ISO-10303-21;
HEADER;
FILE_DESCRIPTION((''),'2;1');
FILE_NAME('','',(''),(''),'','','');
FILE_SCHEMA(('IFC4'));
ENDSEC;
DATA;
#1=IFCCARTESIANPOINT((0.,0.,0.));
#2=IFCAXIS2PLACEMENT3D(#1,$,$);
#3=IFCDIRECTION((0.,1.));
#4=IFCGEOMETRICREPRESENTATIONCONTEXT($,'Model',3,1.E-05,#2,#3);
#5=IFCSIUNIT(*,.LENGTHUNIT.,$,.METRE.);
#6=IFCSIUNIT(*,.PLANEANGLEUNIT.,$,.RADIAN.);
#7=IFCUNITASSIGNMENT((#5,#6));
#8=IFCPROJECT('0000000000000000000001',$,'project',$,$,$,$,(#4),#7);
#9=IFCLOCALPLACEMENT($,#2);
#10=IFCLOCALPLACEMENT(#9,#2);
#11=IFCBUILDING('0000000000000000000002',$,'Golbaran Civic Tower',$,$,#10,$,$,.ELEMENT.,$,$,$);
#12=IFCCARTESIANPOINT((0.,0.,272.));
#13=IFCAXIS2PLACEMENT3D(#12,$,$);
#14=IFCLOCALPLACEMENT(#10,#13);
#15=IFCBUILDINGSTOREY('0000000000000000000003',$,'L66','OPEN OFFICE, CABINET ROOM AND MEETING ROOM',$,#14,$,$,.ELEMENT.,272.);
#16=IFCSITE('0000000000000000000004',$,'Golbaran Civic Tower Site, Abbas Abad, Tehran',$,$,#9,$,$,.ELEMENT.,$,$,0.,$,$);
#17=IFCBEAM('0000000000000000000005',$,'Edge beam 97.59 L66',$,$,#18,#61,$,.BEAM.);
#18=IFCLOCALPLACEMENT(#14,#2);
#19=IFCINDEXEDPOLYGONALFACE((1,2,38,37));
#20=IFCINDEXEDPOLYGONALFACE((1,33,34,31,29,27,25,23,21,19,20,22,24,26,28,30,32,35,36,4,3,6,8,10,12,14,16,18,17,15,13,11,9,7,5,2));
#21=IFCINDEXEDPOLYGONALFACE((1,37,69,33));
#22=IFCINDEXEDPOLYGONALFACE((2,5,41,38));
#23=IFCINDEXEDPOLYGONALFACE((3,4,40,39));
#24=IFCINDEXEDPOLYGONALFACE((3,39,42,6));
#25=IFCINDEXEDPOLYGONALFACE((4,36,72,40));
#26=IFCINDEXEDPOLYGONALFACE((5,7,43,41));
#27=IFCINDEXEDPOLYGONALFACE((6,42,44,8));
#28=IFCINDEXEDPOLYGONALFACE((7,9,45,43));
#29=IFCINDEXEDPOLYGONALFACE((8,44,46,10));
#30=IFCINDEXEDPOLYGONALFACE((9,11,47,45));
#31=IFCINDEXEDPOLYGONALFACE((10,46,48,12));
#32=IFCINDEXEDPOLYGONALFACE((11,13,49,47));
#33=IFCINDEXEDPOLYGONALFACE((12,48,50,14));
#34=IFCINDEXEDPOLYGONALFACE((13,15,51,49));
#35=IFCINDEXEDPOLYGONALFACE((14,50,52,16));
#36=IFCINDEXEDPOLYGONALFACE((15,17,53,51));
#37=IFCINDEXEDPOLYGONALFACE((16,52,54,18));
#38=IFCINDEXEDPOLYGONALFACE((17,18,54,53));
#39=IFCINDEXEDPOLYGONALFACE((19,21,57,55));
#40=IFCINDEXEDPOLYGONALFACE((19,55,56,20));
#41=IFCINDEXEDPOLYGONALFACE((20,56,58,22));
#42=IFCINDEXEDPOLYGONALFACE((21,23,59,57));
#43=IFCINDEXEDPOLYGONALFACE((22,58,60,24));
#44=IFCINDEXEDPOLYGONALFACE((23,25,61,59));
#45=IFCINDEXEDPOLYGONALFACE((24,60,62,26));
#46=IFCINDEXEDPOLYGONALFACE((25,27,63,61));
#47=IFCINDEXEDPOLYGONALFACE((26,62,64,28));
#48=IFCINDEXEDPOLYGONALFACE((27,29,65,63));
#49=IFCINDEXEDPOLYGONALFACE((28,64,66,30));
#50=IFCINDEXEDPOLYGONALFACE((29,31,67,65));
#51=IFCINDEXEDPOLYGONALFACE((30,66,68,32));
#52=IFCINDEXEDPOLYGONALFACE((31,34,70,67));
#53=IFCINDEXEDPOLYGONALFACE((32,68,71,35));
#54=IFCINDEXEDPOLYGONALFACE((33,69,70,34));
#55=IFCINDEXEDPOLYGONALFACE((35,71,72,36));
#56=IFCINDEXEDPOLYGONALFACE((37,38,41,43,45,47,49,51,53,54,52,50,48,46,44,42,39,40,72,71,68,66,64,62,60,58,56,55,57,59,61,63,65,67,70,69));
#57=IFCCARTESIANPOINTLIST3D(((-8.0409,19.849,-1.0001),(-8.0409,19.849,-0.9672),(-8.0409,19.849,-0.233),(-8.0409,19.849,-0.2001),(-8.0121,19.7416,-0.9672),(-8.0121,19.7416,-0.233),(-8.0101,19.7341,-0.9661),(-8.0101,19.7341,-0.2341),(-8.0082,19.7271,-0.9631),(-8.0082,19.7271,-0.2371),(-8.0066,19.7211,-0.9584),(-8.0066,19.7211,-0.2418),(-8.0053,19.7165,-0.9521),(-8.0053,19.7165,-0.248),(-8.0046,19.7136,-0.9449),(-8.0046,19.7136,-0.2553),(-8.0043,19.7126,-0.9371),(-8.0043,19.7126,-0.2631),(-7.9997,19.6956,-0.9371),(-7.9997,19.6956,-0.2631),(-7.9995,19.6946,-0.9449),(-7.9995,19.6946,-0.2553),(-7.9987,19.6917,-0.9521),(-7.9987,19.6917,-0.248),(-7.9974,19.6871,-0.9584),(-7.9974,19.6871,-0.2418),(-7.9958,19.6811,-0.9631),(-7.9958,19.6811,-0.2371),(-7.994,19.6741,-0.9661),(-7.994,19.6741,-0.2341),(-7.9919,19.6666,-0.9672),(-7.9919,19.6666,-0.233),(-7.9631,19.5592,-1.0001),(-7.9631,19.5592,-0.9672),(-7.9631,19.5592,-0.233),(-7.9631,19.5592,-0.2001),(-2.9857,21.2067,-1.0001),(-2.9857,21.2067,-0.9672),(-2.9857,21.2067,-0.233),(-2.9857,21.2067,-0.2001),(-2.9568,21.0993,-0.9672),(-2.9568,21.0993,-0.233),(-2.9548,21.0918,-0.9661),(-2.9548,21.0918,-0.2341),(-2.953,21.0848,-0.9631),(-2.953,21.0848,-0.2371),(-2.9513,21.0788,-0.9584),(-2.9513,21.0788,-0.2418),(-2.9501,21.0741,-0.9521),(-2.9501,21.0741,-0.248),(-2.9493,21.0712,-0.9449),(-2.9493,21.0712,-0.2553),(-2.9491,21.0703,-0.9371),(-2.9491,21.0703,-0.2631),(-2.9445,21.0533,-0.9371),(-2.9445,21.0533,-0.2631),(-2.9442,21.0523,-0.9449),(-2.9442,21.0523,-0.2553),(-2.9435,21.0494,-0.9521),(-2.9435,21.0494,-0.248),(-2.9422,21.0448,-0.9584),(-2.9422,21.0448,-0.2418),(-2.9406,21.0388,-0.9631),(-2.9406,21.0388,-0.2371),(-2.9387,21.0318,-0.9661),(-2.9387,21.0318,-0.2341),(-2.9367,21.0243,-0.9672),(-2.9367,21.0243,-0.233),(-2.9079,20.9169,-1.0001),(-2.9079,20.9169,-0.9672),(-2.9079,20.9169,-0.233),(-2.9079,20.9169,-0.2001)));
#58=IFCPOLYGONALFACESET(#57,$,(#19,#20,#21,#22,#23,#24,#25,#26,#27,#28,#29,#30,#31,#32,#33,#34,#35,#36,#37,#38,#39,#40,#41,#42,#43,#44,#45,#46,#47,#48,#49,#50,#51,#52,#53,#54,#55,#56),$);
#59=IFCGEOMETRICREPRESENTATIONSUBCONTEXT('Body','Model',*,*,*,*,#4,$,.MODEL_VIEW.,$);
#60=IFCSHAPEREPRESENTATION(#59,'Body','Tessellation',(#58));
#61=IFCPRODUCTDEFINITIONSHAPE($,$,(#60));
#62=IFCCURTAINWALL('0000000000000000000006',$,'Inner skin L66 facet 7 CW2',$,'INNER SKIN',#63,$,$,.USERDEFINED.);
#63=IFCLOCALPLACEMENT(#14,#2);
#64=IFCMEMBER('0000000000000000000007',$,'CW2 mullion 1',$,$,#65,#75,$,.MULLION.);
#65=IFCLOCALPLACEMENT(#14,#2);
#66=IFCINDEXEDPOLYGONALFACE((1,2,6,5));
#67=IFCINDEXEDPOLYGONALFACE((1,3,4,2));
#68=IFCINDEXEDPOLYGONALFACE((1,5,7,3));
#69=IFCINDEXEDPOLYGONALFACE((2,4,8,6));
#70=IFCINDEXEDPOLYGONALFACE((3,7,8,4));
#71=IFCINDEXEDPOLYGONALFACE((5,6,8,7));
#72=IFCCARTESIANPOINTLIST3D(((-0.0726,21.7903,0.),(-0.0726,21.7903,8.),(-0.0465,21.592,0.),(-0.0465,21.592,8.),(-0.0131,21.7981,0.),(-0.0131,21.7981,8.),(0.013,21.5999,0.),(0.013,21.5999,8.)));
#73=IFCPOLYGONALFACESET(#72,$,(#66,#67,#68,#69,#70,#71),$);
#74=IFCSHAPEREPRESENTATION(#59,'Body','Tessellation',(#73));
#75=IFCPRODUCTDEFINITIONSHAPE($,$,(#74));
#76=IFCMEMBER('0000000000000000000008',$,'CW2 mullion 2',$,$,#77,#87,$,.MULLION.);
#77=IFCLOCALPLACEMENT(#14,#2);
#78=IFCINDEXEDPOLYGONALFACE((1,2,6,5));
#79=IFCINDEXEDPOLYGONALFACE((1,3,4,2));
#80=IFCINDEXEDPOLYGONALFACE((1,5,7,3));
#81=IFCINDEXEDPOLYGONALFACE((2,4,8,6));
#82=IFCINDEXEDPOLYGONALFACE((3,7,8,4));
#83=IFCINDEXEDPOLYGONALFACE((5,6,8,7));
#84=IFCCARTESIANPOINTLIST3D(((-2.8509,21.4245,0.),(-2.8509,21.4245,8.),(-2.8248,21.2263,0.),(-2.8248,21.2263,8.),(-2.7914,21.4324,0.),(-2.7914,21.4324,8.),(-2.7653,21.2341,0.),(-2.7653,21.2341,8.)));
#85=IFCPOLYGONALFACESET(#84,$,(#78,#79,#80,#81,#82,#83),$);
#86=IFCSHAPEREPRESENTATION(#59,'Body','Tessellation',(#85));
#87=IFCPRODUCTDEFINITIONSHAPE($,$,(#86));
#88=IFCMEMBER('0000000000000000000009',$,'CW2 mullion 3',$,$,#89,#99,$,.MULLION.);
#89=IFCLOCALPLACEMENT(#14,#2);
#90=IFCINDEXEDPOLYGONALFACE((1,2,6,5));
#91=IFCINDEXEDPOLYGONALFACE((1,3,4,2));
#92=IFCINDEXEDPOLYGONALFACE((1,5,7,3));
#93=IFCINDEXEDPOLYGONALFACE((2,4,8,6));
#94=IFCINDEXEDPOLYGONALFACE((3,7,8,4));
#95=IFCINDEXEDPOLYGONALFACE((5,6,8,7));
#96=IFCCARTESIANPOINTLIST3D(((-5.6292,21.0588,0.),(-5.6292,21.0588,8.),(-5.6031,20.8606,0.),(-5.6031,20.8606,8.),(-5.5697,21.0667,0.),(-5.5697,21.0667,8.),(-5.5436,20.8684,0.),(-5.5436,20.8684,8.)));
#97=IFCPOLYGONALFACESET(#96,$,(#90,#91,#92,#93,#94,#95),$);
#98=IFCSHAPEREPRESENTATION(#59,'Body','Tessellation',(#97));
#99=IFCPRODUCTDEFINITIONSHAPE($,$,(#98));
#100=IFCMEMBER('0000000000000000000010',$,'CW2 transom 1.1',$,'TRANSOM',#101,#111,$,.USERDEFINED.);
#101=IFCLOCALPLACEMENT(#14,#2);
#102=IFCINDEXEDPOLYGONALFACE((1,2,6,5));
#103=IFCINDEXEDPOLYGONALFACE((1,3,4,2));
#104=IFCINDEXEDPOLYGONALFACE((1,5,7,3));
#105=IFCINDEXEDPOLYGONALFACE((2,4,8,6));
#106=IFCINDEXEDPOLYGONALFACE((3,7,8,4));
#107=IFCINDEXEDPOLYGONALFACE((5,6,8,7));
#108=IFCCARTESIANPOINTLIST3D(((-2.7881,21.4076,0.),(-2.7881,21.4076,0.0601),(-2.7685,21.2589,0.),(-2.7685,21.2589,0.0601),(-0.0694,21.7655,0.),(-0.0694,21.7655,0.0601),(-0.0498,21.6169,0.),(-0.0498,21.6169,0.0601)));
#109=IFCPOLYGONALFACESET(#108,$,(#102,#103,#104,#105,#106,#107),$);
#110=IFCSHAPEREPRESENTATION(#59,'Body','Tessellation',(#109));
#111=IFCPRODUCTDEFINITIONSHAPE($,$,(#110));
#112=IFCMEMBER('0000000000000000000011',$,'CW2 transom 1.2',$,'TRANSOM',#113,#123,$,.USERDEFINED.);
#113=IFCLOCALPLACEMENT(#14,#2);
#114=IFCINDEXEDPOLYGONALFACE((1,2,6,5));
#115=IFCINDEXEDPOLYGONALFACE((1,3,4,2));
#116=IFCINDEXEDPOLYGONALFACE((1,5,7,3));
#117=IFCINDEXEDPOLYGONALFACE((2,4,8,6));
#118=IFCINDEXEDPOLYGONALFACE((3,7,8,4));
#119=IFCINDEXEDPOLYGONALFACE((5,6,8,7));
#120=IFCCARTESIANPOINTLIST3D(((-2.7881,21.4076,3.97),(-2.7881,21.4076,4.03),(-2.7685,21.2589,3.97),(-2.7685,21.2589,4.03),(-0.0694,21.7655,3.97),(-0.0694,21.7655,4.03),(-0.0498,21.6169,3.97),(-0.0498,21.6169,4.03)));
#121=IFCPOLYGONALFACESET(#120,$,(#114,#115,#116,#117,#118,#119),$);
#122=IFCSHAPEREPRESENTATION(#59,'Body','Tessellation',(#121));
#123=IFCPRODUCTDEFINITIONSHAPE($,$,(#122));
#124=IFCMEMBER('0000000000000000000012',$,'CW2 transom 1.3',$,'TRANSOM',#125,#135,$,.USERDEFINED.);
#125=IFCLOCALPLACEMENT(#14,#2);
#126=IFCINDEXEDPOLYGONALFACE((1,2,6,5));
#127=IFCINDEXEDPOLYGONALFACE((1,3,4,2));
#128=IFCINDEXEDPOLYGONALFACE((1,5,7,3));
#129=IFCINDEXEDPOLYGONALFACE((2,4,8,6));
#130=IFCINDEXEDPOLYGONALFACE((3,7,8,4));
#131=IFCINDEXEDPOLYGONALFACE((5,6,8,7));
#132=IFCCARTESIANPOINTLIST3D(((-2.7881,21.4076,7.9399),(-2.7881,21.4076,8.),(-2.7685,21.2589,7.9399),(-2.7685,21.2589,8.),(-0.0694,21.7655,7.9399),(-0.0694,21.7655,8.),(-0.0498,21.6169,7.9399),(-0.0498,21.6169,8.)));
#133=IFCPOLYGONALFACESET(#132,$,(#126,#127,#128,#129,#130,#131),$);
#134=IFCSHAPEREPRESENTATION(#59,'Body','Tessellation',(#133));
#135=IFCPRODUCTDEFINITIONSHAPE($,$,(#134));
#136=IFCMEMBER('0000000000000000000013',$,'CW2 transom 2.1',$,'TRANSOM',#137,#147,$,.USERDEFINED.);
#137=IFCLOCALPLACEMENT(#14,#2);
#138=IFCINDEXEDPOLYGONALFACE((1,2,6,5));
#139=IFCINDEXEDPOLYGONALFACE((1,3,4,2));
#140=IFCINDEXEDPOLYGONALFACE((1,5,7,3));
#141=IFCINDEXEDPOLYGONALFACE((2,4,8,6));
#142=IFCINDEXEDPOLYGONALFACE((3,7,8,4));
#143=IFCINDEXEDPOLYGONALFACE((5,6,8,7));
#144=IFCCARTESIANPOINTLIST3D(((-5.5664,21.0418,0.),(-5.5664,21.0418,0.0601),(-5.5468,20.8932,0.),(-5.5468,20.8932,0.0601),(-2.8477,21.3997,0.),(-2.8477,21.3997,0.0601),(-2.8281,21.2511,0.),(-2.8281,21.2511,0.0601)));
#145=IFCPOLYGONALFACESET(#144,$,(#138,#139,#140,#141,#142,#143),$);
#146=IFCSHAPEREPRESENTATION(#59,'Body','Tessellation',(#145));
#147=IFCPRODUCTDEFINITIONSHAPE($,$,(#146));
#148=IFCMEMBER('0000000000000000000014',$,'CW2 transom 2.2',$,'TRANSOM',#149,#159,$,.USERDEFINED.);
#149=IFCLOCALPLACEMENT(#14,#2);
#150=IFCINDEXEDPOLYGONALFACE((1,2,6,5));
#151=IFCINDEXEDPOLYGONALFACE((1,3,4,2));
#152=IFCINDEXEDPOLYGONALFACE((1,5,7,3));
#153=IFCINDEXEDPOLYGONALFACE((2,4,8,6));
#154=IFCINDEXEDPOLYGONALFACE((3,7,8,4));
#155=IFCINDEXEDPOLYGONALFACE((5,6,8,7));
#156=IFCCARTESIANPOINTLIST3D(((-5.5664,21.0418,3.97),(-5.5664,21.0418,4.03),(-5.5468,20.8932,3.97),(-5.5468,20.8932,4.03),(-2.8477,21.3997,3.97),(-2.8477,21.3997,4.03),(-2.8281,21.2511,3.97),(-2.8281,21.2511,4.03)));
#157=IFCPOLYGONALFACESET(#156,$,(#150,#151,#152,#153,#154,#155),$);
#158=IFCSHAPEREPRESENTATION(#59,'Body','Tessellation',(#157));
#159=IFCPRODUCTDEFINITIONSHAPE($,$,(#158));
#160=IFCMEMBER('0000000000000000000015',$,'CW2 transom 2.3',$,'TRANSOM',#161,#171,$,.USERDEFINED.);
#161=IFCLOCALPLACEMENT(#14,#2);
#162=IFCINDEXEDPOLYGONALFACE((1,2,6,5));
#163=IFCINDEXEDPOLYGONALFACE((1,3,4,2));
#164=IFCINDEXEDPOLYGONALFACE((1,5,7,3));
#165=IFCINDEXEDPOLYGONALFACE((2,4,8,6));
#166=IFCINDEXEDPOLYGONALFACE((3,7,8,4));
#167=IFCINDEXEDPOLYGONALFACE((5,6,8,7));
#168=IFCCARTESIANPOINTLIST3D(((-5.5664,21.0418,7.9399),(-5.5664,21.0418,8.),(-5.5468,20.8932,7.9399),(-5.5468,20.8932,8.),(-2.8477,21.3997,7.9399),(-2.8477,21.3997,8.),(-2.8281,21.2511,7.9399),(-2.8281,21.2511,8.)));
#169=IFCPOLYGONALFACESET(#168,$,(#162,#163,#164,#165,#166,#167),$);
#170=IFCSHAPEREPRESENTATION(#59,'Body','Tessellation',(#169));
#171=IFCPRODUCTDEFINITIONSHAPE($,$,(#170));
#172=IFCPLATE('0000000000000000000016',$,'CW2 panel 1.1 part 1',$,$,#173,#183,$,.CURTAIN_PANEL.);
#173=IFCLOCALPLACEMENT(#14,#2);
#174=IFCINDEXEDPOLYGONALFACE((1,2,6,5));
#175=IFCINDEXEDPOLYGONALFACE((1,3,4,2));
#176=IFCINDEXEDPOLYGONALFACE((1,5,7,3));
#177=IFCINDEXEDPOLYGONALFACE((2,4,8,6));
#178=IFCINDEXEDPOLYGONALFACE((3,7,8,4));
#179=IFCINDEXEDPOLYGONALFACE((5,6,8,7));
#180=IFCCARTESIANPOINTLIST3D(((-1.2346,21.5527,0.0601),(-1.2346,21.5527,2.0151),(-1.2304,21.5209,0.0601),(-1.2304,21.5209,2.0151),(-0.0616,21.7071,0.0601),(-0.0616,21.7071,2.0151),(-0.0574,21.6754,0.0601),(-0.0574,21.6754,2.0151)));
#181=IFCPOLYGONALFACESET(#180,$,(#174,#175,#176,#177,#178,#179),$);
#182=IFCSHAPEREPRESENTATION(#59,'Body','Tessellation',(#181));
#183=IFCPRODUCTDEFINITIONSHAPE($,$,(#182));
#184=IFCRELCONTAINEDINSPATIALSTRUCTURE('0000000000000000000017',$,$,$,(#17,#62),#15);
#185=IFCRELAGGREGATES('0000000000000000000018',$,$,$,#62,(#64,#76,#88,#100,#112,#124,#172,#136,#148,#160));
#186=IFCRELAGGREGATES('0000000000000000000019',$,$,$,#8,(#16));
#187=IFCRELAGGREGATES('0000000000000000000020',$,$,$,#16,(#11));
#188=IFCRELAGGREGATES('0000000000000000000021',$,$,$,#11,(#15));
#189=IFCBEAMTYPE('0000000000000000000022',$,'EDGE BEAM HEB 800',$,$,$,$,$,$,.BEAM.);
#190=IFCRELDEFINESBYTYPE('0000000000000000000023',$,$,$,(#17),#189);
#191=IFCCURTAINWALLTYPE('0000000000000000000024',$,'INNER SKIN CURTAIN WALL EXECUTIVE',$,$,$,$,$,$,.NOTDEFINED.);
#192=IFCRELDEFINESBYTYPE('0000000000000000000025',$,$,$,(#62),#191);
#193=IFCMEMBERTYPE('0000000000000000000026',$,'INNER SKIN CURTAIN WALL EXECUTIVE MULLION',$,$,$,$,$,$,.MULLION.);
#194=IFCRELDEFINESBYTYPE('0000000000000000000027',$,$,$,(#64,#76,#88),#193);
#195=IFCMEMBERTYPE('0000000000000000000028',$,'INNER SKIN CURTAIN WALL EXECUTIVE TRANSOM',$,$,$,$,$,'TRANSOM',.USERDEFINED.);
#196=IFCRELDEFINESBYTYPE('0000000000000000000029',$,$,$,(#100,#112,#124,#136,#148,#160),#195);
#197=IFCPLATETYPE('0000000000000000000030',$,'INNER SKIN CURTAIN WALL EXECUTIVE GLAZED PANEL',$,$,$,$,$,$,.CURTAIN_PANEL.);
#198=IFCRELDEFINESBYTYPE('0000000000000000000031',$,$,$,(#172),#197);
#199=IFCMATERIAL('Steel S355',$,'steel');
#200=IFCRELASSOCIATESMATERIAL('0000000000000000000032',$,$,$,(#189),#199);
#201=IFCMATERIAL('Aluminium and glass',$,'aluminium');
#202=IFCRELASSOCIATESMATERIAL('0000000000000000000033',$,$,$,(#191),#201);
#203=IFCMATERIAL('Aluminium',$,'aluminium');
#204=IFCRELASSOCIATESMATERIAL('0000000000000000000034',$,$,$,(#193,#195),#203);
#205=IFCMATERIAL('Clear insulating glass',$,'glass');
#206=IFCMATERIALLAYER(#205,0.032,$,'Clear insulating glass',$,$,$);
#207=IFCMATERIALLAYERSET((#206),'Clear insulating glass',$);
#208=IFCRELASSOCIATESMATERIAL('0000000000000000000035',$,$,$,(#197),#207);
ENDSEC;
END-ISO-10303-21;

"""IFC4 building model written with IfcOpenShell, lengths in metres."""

from ifc_helpers import new_model, si_unit, direction, frame, origin, origin_2d, place, context, subcontext, project, spatial, rectangle, i_section, extrude, material, layer, layer_set, material_profile, profile_set, type_object, element, aggregate, save


model = new_model("IFC4")

# Units and contexts
model_context = context("Model", 3, precision=1e-05, world=origin(), true_north=direction((0.0, 1.0)))
body_context = subcontext(model_context, "Body", "Model", "MODEL_VIEW")
ifc_project = project(units=[si_unit("LENGTHUNIT", "METRE"), si_unit("PLANEANGLEUNIT", "RADIAN")], contexts=[model_context])

# Site, building, storey
site_placement = place(None, origin())
site = spatial("IfcSite", under=ifc_project, at=site_placement, Name="Golbaran Civic Tower Site, Abbas Abad, Tehran", CompositionType="ELEMENT", RefElevation=0.0)
building_placement = place(site_placement, origin())
building = spatial("IfcBuilding", under=site, at=building_placement, Name="Golbaran Civic Tower", CompositionType="ELEMENT")
storey_placement = place(building_placement, frame((0.0, 0.0, 272.0)))
storey = spatial("IfcBuildingStorey", under=building, at=storey_placement, Name="L66", Description="OPEN OFFICE, CABINET ROOM AND MEETING ROOM", CompositionType="ELEMENT", Elevation=272.0)

# Beam
ifc_material_1 = material(Name="Steel S355", Category="steel")
ifc_material_profile_1 = material_profile(ifc_material_1, i_section(OverallWidth=0.3, OverallDepth=0.8, WebThickness=0.0176, FlangeThickness=0.033, FilletRadius=0.03, at=origin_2d()), Name="HEB 800")
ifc_profile_set_1 = profile_set([ifc_material_profile_1], Name="Steel S355")
beam_type = type_object("IfcBeamType", Name="EDGE BEAM HEB 800", PredefinedType="BEAM", material=ifc_profile_set_1)
beam_placement = place(storey_placement, frame((-2.9468, 21.0618, -0.6001), z_axis=(-0.965776, -0.259378, 0.0), x_axis=(0.259378, -0.965776, 0.0)))
element("IfcBeam", 1, at=beam_placement, inside=storey, type_object=beam_type, Name="Edge beam 97.59 L66", PredefinedType="BEAM", context=body_context, shape_type="SweptSolid", body=[
    extrude(i_section(OverallWidth=0.3, OverallDepth=0.8, WebThickness=0.0176, FlangeThickness=0.033, FilletRadius=0.03, at=origin_2d()), origin(), (0.0, 0.0, 1.0), 5.2344),
])

# Curtain wall, members, plate
ifc_material_2 = material(Name="Aluminium and glass", Category="aluminium")
curtain_wall_type = type_object("IfcCurtainWallType", Name="INNER SKIN CURTAIN WALL EXECUTIVE", PredefinedType="NOTDEFINED", material=ifc_material_2)
curtain_wall_placement = place(storey_placement, origin())
curtain_wall = element("IfcCurtainWall", 2, at=curtain_wall_placement, inside=storey, type_object=curtain_wall_type, Name="Inner skin L66 facet 7 CW2", ObjectType="INNER SKIN", PredefinedType="USERDEFINED")
ifc_material_3 = material(Name="Aluminium", Category="aluminium")
ifc_material_profile_2 = material_profile(ifc_material_3, rectangle(XDim=0.2, YDim=0.0601, at=origin_2d()), Name="INNER SKIN CURTAIN WALL EXECUTIVE MULLION")
ifc_profile_set_2 = profile_set([ifc_material_profile_2], Name="Aluminium")
member_type_1 = type_object("IfcMemberType", Name="INNER SKIN CURTAIN WALL EXECUTIVE MULLION", PredefinedType="MULLION", material=ifc_profile_set_2)
member_1_placement = place(storey_placement, frame((-0.0298, 21.6951, 0.0), z_axis=(0.0, 0.0, 1.0), x_axis=(0.130526, -0.991445, 0.0)))
member_1 = element("IfcMember", 3, at=member_1_placement, type_object=member_type_1, Name="CW2 mullion 1", PredefinedType="MULLION", context=body_context, shape_type="SweptSolid", body=[
    extrude(rectangle(XDim=0.2, YDim=0.0601, at=origin_2d()), origin(), (0.0, 0.0, 1.0), 8.0),
])
member_2_placement = place(storey_placement, frame((-2.8081, 21.3293, 0.0), z_axis=(0.0, 0.0, 1.0), x_axis=(0.130526, -0.991445, 0.0)))
member_2 = element("IfcMember", 4, at=member_2_placement, type_object=member_type_1, Name="CW2 mullion 2", PredefinedType="MULLION", context=body_context, shape_type="SweptSolid", body=[
    extrude(rectangle(XDim=0.2, YDim=0.0601, at=origin_2d()), origin(), (0.0, 0.0, 1.0), 8.0),
])
member_3_placement = place(storey_placement, frame((-5.5864, 20.9636, 0.0), z_axis=(0.0, 0.0, 1.0), x_axis=(0.130526, -0.991445, 0.0)))
member_3 = element("IfcMember", 5, at=member_3_placement, type_object=member_type_1, Name="CW2 mullion 3", PredefinedType="MULLION", context=body_context, shape_type="SweptSolid", body=[
    extrude(rectangle(XDim=0.2, YDim=0.0601, at=origin_2d()), origin(), (0.0, 0.0, 1.0), 8.0),
])
ifc_material_profile_3 = material_profile(ifc_material_3, rectangle(XDim=0.1499, YDim=0.0601, at=origin_2d()), Name="INNER SKIN CURTAIN WALL EXECUTIVE TRANSOM")
ifc_profile_set_3 = profile_set([ifc_material_profile_3], Name="Aluminium")
member_type_2 = type_object("IfcMemberType", Name="INNER SKIN CURTAIN WALL EXECUTIVE TRANSOM", ElementType="TRANSOM", PredefinedType="USERDEFINED", material=ifc_profile_set_3)
member_4_placement = place(storey_placement, frame((-0.0596, 21.6912, 0.03), z_axis=(-0.991446, -0.130519, 0.0), x_axis=(0.130519, -0.991446, 0.0)))
member_4 = element("IfcMember", 6, at=member_4_placement, type_object=member_type_2, Name="CW2 transom 1.1", ObjectType="TRANSOM", PredefinedType="USERDEFINED", context=body_context, shape_type="SweptSolid", body=[
    extrude(rectangle(XDim=0.1499, YDim=0.0601, at=origin_2d()), origin(), (0.0, 0.0, 1.0), 2.7422),
])
member_5_placement = place(storey_placement, frame((-0.0596, 21.6912, 4.0), z_axis=(-0.991446, -0.130519, 0.0), x_axis=(0.130519, -0.991446, 0.0)))
member_5 = element("IfcMember", 7, at=member_5_placement, type_object=member_type_2, Name="CW2 transom 1.2", ObjectType="TRANSOM", PredefinedType="USERDEFINED", context=body_context, shape_type="SweptSolid", body=[
    extrude(rectangle(XDim=0.1499, YDim=0.0601, at=origin_2d()), origin(), (0.0, 0.0, 1.0), 2.7422),
])
member_6_placement = place(storey_placement, frame((-0.0596, 21.6912, 7.97), z_axis=(-0.991446, -0.130519, 0.0), x_axis=(0.130519, -0.991446, 0.0)))
member_6 = element("IfcMember", 8, at=member_6_placement, type_object=member_type_2, Name="CW2 transom 1.3", ObjectType="TRANSOM", PredefinedType="USERDEFINED", context=body_context, shape_type="SweptSolid", body=[
    extrude(rectangle(XDim=0.1499, YDim=0.0601, at=origin_2d()), origin(), (0.0, 0.0, 1.0), 2.7422),
])
member_7_placement = place(storey_placement, frame((-2.8379, 21.3254, 0.03), z_axis=(-0.991446, -0.130519, 0.0), x_axis=(0.130519, -0.991446, 0.0)))
member_7 = element("IfcMember", 9, at=member_7_placement, type_object=member_type_2, Name="CW2 transom 2.1", ObjectType="TRANSOM", PredefinedType="USERDEFINED", context=body_context, shape_type="SweptSolid", body=[
    extrude(rectangle(XDim=0.1499, YDim=0.0601, at=origin_2d()), origin(), (0.0, 0.0, 1.0), 2.7422),
])
member_8_placement = place(storey_placement, frame((-2.8379, 21.3254, 4.0), z_axis=(-0.991446, -0.130519, 0.0), x_axis=(0.130519, -0.991446, 0.0)))
member_8 = element("IfcMember", 10, at=member_8_placement, type_object=member_type_2, Name="CW2 transom 2.2", ObjectType="TRANSOM", PredefinedType="USERDEFINED", context=body_context, shape_type="SweptSolid", body=[
    extrude(rectangle(XDim=0.1499, YDim=0.0601, at=origin_2d()), origin(), (0.0, 0.0, 1.0), 2.7422),
])
member_9_placement = place(storey_placement, frame((-2.8379, 21.3254, 7.97), z_axis=(-0.991446, -0.130519, 0.0), x_axis=(0.130519, -0.991446, 0.0)))
member_9 = element("IfcMember", 11, at=member_9_placement, type_object=member_type_2, Name="CW2 transom 2.3", ObjectType="TRANSOM", PredefinedType="USERDEFINED", context=body_context, shape_type="SweptSolid", body=[
    extrude(rectangle(XDim=0.1499, YDim=0.0601, at=origin_2d()), origin(), (0.0, 0.0, 1.0), 2.7422),
])
ifc_material_4 = material(Name="Clear insulating glass", Category="glass")
ifc_layer_1 = layer(ifc_material_4, 0.032, Name="Clear insulating glass")
ifc_layer_set_1 = layer_set([ifc_layer_1], Name="Clear insulating glass")
plate_type_1 = type_object("IfcPlateType", Name="INNER SKIN CURTAIN WALL EXECUTIVE GLAZED PANEL", PredefinedType="CURTAIN_PANEL", material=ifc_layer_set_1)
plate_1_placement = place(storey_placement, frame((-0.646, 21.614, 0.0601), z_axis=(0.0, 0.0, 1.0), x_axis=(-0.991445, -0.130526, 0.0)))
plate_1 = element("IfcPlate", 12, at=plate_1_placement, type_object=plate_type_1, Name="CW2 panel 1.1 part 1", PredefinedType="CURTAIN_PANEL", context=body_context, shape_type="SweptSolid", body=[
    extrude(rectangle(XDim=1.1831, YDim=0.032, at=origin_2d()), origin(), (0.0, 0.0, 1.0), 1.9551),
])
aggregate(curtain_wall, [member_1, member_2, member_3, member_4, member_5, member_6, plate_1, member_7, member_8, member_9])

save(model, "model.ifc")
